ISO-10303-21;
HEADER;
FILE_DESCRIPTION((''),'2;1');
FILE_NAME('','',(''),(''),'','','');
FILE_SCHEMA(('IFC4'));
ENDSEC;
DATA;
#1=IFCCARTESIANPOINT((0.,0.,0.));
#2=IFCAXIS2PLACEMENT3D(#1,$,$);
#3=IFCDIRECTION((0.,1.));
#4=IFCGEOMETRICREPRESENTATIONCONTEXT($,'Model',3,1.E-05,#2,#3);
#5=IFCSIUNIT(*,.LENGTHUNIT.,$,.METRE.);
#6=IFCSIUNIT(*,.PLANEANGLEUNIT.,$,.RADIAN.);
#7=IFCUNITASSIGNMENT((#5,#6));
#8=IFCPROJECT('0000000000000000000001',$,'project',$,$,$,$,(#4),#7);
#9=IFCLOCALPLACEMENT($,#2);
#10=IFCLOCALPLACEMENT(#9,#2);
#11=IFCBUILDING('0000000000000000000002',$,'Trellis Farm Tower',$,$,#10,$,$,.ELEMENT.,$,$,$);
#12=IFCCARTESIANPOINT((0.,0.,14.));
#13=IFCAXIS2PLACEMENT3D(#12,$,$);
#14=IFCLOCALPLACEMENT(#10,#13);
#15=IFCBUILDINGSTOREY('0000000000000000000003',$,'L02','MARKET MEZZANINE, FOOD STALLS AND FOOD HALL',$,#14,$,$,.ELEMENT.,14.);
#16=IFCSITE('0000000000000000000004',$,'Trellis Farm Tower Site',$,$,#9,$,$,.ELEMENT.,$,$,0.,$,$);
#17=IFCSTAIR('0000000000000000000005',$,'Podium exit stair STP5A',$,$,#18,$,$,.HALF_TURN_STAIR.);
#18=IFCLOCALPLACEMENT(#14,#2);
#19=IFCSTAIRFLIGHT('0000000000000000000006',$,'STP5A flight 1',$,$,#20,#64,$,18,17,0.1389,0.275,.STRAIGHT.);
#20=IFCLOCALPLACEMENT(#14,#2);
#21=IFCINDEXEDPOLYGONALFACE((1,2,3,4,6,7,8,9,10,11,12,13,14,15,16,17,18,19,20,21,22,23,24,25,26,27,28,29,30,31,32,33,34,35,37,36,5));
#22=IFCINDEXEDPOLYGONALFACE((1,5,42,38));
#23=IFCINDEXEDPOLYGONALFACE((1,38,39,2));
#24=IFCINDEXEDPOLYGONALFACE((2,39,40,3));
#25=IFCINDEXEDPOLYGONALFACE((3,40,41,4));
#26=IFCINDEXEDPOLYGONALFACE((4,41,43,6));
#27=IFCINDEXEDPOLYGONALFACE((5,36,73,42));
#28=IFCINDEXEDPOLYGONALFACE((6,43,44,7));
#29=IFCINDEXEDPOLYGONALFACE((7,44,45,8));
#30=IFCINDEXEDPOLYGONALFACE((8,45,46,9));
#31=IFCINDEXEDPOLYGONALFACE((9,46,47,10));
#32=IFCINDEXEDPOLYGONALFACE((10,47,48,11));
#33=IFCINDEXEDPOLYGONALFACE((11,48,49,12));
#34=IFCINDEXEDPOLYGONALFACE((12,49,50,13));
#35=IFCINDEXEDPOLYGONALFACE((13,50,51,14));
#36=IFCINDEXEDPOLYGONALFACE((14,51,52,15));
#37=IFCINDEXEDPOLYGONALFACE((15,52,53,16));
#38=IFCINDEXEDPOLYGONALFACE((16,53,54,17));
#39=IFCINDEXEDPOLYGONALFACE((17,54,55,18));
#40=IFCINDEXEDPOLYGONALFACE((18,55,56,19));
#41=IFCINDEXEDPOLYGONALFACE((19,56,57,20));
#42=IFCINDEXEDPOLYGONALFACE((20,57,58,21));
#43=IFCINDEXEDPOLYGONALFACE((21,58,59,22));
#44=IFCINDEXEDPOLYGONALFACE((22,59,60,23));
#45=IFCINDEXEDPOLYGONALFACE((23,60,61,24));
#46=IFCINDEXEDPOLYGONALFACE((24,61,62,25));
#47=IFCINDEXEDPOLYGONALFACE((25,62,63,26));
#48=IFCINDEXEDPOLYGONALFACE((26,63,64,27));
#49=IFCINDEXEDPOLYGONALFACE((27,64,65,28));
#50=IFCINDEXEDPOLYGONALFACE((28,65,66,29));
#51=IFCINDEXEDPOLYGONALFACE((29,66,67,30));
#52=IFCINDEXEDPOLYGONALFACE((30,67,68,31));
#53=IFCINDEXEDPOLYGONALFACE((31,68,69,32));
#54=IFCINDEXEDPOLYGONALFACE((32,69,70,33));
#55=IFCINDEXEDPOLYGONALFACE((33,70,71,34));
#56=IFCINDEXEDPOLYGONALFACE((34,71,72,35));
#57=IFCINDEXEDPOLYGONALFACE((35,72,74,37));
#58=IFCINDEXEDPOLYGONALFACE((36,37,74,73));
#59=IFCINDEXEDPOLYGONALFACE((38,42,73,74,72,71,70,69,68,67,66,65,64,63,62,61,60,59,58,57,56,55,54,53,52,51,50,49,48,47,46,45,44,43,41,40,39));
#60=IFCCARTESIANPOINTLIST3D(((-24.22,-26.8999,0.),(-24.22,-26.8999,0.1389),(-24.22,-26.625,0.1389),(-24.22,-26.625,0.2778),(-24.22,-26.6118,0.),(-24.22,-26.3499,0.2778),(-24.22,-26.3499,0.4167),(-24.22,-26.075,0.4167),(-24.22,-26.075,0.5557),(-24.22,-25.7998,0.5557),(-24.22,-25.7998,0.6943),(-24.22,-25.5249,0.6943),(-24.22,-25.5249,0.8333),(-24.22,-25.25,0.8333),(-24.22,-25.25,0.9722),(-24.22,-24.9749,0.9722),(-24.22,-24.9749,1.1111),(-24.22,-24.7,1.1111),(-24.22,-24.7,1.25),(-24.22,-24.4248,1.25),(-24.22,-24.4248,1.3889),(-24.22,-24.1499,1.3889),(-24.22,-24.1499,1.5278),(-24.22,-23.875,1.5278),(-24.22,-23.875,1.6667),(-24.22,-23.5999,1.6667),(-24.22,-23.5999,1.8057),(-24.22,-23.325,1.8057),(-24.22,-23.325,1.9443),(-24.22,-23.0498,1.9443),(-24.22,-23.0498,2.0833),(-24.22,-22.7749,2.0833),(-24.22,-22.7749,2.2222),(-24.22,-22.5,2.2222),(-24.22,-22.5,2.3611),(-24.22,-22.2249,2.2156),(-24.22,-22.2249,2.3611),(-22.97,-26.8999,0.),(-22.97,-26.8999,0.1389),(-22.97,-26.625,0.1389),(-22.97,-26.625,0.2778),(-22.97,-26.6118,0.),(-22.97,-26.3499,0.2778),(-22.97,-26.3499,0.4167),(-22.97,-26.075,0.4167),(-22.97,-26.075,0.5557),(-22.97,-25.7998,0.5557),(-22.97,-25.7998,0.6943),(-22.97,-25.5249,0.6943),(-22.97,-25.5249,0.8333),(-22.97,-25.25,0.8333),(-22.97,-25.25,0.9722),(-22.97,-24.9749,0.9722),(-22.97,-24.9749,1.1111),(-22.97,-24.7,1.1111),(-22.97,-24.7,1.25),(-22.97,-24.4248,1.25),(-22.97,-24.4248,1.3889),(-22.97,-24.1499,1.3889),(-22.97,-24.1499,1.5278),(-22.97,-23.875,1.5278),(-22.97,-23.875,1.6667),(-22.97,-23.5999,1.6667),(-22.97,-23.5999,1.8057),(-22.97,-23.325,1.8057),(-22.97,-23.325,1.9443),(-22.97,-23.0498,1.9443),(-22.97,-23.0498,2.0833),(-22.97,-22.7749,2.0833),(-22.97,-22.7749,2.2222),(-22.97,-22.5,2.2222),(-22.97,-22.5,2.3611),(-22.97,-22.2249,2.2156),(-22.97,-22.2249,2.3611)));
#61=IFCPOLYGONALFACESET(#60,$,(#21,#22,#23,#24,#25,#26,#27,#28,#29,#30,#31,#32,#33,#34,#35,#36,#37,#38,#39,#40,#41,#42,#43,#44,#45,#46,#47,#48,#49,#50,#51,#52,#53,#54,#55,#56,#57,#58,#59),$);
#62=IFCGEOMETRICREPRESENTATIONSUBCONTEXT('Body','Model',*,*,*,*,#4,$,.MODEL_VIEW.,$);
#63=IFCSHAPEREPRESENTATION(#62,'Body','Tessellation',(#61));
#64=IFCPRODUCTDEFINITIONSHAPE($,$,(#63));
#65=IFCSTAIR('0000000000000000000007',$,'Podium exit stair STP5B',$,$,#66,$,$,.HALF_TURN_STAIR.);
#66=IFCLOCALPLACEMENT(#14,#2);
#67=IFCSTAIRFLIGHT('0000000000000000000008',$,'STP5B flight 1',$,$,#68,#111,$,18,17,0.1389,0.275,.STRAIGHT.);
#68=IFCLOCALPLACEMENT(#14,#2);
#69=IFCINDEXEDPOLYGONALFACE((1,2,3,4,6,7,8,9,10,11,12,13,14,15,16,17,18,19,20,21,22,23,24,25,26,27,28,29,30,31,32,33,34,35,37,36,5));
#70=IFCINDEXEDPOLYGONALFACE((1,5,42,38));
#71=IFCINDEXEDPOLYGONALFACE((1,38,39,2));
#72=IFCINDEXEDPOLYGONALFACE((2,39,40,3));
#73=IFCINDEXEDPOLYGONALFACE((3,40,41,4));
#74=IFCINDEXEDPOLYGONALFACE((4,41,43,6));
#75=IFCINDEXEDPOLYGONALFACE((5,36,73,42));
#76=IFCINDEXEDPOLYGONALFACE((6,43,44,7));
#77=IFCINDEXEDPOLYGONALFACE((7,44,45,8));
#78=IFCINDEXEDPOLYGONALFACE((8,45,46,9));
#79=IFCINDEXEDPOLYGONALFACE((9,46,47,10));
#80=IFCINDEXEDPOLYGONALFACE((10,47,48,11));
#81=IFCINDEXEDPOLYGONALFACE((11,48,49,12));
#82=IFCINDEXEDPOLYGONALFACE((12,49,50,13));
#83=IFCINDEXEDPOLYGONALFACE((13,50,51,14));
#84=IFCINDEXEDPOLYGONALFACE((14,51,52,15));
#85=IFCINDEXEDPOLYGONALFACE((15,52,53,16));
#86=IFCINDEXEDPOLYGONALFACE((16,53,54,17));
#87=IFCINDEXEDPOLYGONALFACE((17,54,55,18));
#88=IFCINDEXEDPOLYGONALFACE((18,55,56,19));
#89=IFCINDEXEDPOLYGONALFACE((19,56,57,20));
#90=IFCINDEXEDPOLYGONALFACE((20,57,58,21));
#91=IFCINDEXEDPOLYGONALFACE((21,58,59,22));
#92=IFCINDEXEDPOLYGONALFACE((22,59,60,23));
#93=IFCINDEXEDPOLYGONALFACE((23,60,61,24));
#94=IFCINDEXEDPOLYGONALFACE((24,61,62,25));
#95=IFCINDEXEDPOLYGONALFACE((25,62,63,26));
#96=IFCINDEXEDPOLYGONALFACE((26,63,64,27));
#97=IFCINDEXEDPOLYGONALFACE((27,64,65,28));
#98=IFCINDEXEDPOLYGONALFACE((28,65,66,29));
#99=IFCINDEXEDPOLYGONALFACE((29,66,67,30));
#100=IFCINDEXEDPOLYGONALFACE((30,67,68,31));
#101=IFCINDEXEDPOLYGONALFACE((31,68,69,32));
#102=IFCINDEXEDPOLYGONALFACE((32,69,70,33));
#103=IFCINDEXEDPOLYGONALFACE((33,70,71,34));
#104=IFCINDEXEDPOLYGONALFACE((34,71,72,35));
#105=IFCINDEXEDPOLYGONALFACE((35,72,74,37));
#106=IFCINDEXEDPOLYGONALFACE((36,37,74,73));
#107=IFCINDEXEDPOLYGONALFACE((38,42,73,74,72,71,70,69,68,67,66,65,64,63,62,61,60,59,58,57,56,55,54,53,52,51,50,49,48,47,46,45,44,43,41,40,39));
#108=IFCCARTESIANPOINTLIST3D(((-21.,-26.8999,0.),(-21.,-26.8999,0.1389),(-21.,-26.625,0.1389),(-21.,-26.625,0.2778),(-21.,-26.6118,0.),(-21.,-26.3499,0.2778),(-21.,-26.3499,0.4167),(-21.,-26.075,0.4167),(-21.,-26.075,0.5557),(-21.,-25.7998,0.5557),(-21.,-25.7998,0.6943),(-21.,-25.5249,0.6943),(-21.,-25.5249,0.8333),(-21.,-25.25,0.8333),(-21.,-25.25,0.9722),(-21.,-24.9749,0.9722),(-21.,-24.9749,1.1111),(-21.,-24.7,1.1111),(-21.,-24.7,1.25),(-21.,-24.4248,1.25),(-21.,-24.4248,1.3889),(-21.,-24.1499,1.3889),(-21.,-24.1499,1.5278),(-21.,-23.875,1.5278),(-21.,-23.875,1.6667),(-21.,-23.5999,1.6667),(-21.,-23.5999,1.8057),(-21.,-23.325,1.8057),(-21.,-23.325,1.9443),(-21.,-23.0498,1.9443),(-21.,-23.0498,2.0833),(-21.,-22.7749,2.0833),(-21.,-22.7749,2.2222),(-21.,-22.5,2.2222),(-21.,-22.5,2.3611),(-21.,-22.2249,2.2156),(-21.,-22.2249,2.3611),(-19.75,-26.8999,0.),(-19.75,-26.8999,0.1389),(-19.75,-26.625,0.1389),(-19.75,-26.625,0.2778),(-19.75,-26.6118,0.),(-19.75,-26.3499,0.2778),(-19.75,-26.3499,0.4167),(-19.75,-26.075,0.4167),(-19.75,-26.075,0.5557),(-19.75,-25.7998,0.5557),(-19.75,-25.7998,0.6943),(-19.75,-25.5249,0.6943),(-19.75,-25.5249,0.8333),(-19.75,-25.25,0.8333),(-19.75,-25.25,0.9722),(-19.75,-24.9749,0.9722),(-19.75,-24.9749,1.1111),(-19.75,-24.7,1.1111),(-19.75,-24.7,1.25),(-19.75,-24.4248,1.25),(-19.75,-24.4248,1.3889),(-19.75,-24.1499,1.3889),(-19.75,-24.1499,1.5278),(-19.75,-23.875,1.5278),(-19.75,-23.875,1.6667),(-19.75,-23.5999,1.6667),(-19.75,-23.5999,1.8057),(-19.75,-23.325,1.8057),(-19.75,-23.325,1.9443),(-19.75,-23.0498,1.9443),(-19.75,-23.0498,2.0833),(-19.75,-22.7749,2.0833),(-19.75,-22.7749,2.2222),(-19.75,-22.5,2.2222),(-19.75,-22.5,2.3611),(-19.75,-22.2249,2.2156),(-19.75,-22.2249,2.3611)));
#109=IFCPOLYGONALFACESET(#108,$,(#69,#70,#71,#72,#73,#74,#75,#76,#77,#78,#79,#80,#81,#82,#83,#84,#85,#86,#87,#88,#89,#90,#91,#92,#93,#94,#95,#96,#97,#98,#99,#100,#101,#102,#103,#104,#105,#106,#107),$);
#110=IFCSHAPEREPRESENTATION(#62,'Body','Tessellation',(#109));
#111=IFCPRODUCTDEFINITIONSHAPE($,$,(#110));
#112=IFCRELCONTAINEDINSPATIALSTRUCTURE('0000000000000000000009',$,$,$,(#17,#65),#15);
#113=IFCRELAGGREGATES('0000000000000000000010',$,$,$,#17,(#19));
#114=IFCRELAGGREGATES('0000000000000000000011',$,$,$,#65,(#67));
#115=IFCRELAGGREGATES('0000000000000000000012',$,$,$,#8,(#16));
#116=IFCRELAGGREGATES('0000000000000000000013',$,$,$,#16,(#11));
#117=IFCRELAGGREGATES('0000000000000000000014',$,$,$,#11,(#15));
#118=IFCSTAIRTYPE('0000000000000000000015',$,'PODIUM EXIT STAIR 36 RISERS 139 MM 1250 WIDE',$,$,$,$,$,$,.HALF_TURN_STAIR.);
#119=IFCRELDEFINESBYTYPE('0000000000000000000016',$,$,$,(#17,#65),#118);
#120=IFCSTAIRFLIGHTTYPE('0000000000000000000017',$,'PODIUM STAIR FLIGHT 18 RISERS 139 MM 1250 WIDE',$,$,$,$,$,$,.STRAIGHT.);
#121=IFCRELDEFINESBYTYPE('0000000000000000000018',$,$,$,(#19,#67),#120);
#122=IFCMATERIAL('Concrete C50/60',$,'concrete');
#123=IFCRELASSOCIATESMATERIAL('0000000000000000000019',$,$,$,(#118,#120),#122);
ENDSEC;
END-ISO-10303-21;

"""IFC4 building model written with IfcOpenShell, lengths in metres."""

from ifc_helpers import new_model, si_unit, direction, frame, origin, place, context, subcontext, project, spatial, polyline, outline, extrude, source, transform, mapped, material, type_object, element, aggregate, save


model = new_model("IFC4")

# Units and contexts
model_context = context("Model", 3, precision=1e-05, world=origin(), true_north=direction((0.0, 1.0)))
body_context = subcontext(model_context, "Body", "Model", "MODEL_VIEW")
ifc_project = project(units=[si_unit("LENGTHUNIT", "METRE"), si_unit("PLANEANGLEUNIT", "RADIAN")], contexts=[model_context])

# Site, building, storey
site_placement = place(None, origin())
site = spatial("IfcSite", under=ifc_project, at=site_placement, Name="Trellis Farm Tower Site", CompositionType="ELEMENT", RefElevation=0.0)
building_placement = place(site_placement, origin())
building = spatial("IfcBuilding", under=site, at=building_placement, Name="Trellis Farm Tower", CompositionType="ELEMENT")
storey_placement = place(building_placement, frame((0.0, 0.0, 14.0)))
storey = spatial("IfcBuildingStorey", under=building, at=storey_placement, Name="L02", Description="MARKET MEZZANINE, FOOD STALLS AND FOOD HALL", CompositionType="ELEMENT", Elevation=14.0)

# Stairs, stair flights
ifc_material_1 = material(Name="Concrete C50/60", Category="concrete")
stair_type = type_object("IfcStairType", Name="PODIUM EXIT STAIR 36 RISERS 139 MM 1250 WIDE", PredefinedType="HALF_TURN_STAIR", material=ifc_material_1)
placement = place(storey_placement, origin())
stair_1 = element("IfcStair", 1, at=placement, inside=storey, type_object=stair_type, Name="Podium exit stair STP5A", PredefinedType="HALF_TURN_STAIR")
stair_flight_type = type_object("IfcStairFlightType", Name="PODIUM STAIR FLIGHT 18 RISERS 139 MM 1250 WIDE", PredefinedType="STRAIGHT", material=ifc_material_1)
shared_shape_1 = source(origin(), body_context, "Body", "SweptSolid", [
    extrude(outline(polyline([(0.0, 0.0), (0.0, 0.1389), (0.2749, 0.1389), (0.2749, 0.2778), (0.55, 0.2778), (0.55, 0.4167), (0.825, 0.4167), (0.825, 0.5557), (1.1001, 0.5557), (1.1001, 0.6943), (1.375, 0.6943), (1.375, 0.8333), (1.6499, 0.8333), (1.6499, 0.9722), (1.925, 0.9722), (1.925, 1.1111), (2.2, 1.1111), (2.2, 1.25), (2.4751, 1.25), (2.4751, 1.3889), (2.75, 1.3889), (2.75, 1.5278), (3.0249, 1.5278), (3.0249, 1.6667), (3.3, 1.6667), (3.3, 1.8057), (3.575, 1.8057), (3.575, 1.9443), (3.8501, 1.9443), (3.8501, 2.0833), (4.125, 2.0833), (4.125, 2.2222), (4.3999, 2.2222), (4.3999, 2.3611), (4.675, 2.3611), (4.675, 2.5), (4.675, 2.2156), (0.2881, 0.0), (0.0, 0.0)])), frame((0.0, 0.625, 0.0), z_axis=(0.0, -1.0, 0.0), x_axis=(1.0, 0.0, 0.0)), (0.0, 0.0, 1.0), 1.25),
])
stair_flight_1_placement = place(storey_placement, frame((-23.595, -26.8999, 0.0), z_axis=(0.0, 0.0, 1.0), x_axis=(0.0, 1.0, 0.0)))
stair_flight_1 = element("IfcStairFlight", 2, at=stair_flight_1_placement, type_object=stair_flight_type, Name="STP5A flight 1", NumberOfRisers=18, NumberOfTreads=17, PredefinedType="STRAIGHT", RiserHeight=0.1389, TreadLength=0.275, context=body_context, shape_type="MappedRepresentation", body=[
    mapped(shared_shape_1, transform((0.0, 0.0, 0.0))),
])
aggregate(stair_1, [stair_flight_1])
stair_2 = element("IfcStair", 3, at=placement, inside=storey, type_object=stair_type, Name="Podium exit stair STP5B", PredefinedType="HALF_TURN_STAIR")
stair_flight_2_placement = place(storey_placement, frame((-20.375, -26.8999, 0.0), z_axis=(0.0, 0.0, 1.0), x_axis=(0.0, 1.0, 0.0)))
stair_flight_2 = element("IfcStairFlight", 4, at=stair_flight_2_placement, type_object=stair_flight_type, Name="STP5B flight 1", NumberOfRisers=18, NumberOfTreads=17, PredefinedType="STRAIGHT", RiserHeight=0.1389, TreadLength=0.275, context=body_context, shape_type="MappedRepresentation", body=[
    mapped(shared_shape_1, transform((0.0, 0.0, 0.0))),
])
aggregate(stair_2, [stair_flight_2])

save(model, "model.ifc")
